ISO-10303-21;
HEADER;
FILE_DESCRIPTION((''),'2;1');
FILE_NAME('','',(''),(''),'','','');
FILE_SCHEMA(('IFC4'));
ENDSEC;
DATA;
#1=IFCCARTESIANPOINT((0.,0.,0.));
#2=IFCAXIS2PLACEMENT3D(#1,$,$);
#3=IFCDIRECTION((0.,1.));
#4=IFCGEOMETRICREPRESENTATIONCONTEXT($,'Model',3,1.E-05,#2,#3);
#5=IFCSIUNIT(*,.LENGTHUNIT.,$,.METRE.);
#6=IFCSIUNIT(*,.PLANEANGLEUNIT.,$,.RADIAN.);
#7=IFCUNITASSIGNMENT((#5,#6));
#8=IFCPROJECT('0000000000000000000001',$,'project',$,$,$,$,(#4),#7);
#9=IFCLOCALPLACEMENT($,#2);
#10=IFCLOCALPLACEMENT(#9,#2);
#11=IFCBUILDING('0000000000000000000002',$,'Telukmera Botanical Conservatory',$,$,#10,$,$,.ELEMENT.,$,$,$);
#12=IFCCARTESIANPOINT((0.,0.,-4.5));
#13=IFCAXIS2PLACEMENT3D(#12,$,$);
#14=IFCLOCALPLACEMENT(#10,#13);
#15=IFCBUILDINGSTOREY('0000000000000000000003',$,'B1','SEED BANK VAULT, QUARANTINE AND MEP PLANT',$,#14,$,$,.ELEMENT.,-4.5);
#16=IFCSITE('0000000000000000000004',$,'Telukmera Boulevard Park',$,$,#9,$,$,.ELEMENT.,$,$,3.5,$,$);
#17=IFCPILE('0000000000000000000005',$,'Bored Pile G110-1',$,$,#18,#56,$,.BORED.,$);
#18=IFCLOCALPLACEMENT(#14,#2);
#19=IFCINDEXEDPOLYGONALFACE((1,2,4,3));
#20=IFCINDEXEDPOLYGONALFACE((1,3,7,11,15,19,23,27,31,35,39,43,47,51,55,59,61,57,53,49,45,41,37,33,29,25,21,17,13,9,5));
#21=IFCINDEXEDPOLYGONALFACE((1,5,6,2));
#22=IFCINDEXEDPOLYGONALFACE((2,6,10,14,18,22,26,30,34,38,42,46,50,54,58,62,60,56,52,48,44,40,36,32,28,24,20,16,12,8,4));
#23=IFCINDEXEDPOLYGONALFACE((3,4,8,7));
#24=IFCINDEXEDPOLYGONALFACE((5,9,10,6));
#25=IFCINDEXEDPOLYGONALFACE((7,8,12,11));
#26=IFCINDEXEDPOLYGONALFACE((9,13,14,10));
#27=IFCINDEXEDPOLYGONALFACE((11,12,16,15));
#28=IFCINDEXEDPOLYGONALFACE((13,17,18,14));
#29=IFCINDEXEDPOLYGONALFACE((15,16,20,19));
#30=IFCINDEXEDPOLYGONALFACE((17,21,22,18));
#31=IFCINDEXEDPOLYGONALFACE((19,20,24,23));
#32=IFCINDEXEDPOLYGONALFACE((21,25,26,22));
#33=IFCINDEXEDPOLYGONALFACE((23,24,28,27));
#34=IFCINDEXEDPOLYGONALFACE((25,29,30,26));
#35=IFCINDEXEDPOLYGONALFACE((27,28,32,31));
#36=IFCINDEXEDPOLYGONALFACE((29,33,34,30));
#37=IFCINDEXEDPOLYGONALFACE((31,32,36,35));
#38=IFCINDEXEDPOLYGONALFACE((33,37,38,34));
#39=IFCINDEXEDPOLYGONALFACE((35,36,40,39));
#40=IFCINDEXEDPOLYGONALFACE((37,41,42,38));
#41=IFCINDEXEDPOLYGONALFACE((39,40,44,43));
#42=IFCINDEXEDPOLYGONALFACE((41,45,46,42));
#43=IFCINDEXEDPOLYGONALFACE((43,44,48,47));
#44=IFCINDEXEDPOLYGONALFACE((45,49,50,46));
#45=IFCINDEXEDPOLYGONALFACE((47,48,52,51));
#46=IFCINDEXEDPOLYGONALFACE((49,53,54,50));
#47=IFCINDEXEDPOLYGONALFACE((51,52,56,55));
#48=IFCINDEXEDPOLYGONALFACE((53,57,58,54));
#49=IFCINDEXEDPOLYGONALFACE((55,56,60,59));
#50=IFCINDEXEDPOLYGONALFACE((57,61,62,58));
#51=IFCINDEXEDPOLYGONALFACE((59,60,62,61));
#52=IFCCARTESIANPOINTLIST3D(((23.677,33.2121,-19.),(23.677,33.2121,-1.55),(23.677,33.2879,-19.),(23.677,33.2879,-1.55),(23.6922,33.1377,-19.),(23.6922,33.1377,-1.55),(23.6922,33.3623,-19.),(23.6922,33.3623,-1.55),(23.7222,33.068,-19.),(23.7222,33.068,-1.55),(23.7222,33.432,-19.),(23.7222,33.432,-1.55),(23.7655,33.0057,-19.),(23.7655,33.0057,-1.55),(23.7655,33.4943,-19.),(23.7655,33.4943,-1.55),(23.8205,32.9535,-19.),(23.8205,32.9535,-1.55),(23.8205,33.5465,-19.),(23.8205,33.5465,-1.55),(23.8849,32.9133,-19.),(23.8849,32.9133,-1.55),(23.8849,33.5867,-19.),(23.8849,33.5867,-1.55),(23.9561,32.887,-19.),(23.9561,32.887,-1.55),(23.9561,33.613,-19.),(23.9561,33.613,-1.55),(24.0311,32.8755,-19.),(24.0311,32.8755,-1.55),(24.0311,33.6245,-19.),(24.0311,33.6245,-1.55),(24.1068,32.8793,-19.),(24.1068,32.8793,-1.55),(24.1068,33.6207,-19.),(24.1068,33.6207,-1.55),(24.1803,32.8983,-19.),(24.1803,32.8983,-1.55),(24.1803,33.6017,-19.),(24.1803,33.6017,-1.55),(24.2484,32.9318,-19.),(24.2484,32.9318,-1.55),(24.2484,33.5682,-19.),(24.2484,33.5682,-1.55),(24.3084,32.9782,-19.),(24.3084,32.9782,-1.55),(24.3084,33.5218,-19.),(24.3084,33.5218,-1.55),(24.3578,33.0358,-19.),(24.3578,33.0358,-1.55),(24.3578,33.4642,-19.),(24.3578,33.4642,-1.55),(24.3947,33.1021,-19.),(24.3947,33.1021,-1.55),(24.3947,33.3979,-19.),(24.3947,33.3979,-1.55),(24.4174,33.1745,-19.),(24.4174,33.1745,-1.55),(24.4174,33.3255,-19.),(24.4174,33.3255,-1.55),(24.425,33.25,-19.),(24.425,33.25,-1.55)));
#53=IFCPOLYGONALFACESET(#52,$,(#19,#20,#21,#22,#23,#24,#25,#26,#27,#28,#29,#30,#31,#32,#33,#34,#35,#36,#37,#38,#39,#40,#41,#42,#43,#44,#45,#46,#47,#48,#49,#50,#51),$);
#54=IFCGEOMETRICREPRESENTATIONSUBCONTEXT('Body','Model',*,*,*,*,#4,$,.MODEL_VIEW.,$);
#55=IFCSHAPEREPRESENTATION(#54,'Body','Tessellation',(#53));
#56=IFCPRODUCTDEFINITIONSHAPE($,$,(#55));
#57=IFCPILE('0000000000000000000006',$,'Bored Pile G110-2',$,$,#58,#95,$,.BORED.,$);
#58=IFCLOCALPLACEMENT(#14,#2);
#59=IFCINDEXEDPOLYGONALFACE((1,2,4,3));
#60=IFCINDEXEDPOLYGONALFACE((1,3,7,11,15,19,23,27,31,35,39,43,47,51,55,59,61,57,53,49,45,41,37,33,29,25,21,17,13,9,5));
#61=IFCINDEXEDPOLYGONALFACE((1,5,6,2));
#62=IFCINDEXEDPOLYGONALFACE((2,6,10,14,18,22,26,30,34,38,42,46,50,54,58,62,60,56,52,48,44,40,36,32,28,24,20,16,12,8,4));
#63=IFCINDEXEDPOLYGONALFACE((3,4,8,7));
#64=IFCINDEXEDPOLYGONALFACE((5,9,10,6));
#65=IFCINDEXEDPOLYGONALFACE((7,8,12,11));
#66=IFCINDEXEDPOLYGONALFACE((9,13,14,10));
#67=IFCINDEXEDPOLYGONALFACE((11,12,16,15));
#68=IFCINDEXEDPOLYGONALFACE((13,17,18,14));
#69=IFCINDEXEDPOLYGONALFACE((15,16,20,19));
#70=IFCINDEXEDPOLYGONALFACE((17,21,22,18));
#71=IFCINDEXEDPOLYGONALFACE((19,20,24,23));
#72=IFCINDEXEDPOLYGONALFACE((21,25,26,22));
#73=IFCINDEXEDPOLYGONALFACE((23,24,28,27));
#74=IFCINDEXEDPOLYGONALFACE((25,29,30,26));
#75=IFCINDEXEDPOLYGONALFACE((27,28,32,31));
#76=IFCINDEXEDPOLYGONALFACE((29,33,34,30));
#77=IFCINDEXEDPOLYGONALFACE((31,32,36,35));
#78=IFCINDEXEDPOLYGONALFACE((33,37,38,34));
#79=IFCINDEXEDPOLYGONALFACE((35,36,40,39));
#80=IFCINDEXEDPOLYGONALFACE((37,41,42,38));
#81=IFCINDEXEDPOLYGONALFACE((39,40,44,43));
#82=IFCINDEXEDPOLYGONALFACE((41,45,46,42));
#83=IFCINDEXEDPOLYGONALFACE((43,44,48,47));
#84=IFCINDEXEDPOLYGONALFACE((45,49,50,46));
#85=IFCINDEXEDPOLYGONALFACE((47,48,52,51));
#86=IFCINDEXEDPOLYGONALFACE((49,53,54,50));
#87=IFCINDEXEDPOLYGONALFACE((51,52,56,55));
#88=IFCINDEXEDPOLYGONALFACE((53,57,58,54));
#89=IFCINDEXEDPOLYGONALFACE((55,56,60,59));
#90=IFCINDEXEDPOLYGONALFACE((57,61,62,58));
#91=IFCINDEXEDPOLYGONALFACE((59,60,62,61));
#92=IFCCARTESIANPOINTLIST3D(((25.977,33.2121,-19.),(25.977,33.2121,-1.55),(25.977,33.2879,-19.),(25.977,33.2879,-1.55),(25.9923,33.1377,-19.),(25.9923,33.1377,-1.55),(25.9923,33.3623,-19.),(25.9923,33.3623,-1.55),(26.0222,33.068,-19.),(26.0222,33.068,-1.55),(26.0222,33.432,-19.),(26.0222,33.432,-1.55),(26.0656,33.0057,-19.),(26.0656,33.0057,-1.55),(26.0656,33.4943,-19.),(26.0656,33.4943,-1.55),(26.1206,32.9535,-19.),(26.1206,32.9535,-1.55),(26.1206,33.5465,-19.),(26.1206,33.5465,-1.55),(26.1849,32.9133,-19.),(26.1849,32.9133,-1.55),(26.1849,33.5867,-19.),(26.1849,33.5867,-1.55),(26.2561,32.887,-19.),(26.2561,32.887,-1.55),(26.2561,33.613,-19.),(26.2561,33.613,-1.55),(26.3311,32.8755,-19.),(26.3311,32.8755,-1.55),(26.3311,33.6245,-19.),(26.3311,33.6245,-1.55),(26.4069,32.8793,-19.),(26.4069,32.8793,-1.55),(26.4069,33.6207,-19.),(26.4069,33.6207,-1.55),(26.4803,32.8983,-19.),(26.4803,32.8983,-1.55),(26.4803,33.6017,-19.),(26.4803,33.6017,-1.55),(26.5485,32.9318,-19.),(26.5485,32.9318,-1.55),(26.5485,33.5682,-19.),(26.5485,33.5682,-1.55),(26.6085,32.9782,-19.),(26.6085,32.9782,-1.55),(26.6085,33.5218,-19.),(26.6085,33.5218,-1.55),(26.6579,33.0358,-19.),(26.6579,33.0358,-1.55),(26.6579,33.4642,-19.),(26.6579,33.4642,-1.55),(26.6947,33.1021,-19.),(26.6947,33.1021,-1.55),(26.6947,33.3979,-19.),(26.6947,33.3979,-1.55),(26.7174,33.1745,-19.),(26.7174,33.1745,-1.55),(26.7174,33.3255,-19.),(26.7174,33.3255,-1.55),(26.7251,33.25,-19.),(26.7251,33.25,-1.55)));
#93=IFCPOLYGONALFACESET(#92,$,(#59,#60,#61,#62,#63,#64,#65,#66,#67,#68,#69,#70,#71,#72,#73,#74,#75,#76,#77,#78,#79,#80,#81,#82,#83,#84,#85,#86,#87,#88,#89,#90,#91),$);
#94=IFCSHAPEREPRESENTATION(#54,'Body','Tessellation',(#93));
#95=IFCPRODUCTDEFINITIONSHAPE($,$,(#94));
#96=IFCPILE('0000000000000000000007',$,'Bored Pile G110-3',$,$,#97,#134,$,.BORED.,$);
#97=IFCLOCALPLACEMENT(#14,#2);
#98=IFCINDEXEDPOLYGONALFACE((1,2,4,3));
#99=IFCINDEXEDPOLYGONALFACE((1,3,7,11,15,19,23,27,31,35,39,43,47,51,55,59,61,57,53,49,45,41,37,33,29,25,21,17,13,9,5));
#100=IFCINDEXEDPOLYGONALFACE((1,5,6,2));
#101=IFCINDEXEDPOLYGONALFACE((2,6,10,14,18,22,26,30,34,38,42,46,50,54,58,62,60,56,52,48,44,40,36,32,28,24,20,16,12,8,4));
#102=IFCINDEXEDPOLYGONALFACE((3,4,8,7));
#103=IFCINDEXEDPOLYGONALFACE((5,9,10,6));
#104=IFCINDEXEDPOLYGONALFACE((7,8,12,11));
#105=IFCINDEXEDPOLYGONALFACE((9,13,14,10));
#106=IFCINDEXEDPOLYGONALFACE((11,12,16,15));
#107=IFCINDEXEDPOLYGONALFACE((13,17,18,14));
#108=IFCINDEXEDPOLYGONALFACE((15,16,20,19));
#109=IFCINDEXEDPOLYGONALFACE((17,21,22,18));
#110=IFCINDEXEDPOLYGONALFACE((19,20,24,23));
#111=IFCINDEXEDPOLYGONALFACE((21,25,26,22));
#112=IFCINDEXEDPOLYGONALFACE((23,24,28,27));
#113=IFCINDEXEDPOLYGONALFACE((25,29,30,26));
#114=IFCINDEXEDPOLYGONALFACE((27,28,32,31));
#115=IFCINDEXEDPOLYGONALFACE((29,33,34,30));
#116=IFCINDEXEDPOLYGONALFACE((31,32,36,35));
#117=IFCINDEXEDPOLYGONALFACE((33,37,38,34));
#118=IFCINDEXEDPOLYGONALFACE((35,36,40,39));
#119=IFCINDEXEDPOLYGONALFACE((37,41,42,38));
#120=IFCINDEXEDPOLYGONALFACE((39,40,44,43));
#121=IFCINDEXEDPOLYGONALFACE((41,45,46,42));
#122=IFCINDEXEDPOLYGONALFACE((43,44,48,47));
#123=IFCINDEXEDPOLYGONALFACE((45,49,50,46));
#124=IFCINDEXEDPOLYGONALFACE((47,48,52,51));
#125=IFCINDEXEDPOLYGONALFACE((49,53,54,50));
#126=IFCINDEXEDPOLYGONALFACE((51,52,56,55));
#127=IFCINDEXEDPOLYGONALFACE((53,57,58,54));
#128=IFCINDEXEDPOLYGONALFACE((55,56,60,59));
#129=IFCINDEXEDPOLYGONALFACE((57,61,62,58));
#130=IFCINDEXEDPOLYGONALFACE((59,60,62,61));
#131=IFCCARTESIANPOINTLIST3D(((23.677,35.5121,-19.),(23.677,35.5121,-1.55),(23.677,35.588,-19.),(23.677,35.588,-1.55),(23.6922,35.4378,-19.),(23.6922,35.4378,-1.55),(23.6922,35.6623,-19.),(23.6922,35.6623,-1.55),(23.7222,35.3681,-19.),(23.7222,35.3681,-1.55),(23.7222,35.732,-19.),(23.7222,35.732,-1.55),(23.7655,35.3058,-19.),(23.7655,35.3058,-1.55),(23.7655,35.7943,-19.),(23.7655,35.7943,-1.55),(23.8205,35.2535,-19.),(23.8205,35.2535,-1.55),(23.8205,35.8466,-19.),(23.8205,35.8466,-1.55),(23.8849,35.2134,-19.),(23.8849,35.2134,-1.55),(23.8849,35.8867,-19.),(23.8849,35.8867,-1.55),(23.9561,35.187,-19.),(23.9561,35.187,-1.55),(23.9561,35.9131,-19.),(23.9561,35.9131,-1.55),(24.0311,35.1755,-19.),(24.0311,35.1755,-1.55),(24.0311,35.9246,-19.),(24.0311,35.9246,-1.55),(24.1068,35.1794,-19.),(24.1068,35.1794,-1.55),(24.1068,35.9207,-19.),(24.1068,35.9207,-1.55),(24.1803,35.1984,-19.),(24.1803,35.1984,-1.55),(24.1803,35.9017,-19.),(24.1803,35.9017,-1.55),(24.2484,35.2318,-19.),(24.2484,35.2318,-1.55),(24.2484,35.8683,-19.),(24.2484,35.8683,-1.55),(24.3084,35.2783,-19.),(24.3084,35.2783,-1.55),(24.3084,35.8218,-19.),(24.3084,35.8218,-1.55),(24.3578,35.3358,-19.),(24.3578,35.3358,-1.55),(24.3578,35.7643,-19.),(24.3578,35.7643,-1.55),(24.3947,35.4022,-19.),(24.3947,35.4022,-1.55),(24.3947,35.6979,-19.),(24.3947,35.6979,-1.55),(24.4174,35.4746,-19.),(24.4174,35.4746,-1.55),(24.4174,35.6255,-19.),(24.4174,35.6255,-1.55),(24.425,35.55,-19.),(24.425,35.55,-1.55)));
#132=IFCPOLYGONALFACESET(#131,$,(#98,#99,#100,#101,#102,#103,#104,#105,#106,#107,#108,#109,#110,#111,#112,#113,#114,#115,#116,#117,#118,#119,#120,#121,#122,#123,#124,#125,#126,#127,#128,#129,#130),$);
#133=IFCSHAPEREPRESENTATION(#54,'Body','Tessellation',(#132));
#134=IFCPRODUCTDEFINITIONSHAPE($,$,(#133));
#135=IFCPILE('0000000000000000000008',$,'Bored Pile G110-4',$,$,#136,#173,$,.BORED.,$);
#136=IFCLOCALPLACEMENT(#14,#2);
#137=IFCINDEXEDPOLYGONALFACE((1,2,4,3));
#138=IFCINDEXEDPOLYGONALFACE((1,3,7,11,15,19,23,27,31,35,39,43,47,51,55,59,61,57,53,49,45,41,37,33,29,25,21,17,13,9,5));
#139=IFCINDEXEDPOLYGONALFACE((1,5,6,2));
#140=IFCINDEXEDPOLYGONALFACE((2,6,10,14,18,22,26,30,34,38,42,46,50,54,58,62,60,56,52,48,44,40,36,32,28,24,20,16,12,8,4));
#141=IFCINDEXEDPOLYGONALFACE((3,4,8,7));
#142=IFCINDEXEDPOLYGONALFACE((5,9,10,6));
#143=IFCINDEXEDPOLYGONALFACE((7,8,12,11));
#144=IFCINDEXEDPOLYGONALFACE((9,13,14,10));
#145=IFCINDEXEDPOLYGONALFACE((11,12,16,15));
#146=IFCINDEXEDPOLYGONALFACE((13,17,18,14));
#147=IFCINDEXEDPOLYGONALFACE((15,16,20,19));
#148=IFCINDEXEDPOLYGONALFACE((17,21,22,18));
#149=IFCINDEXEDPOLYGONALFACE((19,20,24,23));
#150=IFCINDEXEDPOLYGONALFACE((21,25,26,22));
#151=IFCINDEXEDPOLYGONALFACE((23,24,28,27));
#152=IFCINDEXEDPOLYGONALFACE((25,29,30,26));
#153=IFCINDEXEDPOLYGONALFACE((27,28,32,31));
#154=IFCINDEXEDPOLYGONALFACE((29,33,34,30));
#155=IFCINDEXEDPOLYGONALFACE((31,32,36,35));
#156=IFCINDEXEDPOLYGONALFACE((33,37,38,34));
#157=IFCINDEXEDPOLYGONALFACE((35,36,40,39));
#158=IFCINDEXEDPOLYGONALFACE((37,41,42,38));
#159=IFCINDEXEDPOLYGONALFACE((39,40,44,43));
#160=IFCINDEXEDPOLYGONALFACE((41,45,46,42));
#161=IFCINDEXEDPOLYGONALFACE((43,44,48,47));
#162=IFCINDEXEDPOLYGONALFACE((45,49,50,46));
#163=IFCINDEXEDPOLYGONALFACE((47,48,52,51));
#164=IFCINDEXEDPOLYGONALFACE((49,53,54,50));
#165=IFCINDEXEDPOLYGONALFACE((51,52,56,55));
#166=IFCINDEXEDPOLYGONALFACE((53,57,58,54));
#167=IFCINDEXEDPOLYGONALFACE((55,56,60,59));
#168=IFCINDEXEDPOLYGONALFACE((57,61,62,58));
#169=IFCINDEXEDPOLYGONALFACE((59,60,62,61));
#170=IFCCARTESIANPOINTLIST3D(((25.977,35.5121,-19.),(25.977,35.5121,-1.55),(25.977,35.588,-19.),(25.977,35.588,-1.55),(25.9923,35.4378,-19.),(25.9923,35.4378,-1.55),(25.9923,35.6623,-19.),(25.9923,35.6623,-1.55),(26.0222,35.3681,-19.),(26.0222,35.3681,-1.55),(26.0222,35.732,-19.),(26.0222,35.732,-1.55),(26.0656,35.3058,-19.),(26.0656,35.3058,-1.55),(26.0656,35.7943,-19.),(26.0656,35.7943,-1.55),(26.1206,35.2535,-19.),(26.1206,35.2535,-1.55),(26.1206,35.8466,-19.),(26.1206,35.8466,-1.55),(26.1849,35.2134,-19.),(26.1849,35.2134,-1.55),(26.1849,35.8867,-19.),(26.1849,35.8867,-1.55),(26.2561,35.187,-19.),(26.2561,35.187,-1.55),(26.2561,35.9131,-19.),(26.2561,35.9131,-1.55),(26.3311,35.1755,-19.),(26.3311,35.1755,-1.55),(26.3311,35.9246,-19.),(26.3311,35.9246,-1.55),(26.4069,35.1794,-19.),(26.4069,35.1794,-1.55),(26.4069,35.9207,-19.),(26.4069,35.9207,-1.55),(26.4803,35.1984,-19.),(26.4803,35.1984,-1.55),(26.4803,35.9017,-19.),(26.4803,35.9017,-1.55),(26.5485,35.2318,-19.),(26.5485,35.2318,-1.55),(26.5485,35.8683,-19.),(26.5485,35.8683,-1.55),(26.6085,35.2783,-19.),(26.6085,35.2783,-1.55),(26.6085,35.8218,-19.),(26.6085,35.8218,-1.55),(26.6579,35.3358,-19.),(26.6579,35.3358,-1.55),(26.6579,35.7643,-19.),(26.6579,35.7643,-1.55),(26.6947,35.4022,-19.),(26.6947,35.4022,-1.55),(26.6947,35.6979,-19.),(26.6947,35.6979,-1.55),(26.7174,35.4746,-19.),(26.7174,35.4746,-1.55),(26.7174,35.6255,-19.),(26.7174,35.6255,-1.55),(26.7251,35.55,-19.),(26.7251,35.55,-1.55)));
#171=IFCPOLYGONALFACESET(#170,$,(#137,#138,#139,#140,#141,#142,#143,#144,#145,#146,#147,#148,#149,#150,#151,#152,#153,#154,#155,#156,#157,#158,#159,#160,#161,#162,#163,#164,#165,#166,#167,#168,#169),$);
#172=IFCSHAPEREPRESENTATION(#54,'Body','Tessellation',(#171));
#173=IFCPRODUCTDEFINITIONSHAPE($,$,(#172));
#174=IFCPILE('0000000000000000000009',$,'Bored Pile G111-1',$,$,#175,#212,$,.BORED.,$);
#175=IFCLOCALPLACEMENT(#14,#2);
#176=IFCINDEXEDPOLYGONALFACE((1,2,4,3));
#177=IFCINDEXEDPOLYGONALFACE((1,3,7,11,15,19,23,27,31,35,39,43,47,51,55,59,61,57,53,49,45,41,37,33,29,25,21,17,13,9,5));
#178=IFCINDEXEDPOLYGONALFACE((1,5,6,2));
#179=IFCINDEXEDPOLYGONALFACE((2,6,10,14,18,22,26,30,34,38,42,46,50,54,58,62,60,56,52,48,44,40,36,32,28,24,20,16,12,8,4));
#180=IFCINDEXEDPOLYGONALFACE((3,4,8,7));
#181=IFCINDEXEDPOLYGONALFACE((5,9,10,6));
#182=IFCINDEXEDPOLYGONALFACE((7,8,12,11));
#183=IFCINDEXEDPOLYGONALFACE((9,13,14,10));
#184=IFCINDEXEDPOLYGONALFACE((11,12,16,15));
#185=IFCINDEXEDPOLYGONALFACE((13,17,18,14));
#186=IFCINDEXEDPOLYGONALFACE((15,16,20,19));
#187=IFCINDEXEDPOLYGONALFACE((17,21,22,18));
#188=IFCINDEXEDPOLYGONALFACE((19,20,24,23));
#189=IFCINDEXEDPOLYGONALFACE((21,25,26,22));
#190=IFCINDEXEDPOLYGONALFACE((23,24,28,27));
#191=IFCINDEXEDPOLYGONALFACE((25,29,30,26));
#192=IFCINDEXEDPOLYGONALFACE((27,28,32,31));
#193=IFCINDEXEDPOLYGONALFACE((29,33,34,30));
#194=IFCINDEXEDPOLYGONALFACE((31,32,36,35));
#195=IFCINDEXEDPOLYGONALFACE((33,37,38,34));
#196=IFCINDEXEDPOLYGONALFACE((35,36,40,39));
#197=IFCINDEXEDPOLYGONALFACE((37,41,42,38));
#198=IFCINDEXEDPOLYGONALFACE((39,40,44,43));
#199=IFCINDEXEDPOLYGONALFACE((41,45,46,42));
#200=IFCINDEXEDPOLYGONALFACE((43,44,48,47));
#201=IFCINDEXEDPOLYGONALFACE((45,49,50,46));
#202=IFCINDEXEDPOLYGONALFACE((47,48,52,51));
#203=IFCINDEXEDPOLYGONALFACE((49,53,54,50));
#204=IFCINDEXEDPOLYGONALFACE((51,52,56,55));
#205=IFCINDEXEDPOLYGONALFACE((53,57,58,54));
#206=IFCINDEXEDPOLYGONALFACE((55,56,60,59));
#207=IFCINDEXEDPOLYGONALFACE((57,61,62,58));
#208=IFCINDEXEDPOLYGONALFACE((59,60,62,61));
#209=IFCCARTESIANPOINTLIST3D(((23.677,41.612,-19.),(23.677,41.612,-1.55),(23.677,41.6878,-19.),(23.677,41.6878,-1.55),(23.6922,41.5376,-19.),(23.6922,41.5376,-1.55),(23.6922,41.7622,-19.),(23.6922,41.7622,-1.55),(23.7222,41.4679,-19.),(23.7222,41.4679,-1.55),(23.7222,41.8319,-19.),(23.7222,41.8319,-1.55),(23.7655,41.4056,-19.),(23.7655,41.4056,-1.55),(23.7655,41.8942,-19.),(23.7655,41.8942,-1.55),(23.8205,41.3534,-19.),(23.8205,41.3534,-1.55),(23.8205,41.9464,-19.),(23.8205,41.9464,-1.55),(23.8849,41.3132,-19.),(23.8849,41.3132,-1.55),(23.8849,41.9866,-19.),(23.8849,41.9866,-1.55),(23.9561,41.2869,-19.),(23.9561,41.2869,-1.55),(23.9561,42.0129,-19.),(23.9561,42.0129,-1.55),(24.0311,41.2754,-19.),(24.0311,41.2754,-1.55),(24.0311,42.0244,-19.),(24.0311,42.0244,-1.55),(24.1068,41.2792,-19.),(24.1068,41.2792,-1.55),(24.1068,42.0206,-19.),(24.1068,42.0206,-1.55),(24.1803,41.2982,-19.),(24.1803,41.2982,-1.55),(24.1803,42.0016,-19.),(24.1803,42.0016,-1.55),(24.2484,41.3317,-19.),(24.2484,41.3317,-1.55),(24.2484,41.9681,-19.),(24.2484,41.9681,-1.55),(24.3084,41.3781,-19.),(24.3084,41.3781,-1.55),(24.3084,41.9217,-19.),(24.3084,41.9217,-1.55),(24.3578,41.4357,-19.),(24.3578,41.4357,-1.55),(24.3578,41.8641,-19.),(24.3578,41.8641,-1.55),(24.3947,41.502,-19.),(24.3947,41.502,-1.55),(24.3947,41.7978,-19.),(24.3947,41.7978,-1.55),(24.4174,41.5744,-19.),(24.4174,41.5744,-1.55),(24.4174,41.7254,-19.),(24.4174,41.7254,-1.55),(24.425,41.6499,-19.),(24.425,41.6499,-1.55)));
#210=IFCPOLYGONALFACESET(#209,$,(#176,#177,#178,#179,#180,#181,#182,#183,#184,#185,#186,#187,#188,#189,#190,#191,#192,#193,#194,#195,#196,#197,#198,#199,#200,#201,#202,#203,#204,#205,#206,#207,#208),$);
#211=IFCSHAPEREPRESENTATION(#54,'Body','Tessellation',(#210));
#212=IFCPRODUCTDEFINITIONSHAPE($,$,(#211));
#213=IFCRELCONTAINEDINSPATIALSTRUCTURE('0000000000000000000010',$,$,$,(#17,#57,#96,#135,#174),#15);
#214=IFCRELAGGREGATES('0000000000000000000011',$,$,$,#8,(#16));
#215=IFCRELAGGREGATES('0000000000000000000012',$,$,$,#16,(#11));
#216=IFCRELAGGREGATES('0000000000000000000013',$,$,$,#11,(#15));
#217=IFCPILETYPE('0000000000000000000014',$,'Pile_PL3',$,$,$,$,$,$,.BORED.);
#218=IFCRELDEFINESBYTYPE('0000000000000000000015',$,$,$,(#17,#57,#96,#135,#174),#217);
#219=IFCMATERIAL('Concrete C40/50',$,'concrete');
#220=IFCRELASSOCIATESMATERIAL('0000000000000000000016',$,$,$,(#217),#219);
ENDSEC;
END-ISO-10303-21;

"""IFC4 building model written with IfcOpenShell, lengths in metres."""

from ifc_helpers import new_model, si_unit, direction, frame, origin, origin_2d, place, context, subcontext, project, spatial, circle, extrude, material, material_profile, profile_set, type_object, element, save


model = new_model("IFC4")

# Units and contexts
model_context = context("Model", 3, precision=1e-05, world=origin(), true_north=direction((0.0, 1.0)))
body_context = subcontext(model_context, "Body", "Model", "MODEL_VIEW")
ifc_project = project(units=[si_unit("LENGTHUNIT", "METRE"), si_unit("PLANEANGLEUNIT", "RADIAN")], contexts=[model_context])

# Site, building, storey
site_placement = place(None, origin())
site = spatial("IfcSite", under=ifc_project, at=site_placement, Name="Telukmera Boulevard Park", CompositionType="ELEMENT", RefElevation=3.5)
building_placement = place(site_placement, origin())
building = spatial("IfcBuilding", under=site, at=building_placement, Name="Telukmera Botanical Conservatory", CompositionType="ELEMENT")
storey_placement = place(building_placement, frame((0.0, 0.0, -4.5)))
storey = spatial("IfcBuildingStorey", under=building, at=storey_placement, Name="B1", Description="SEED BANK VAULT, QUARANTINE AND MEP PLANT", CompositionType="ELEMENT", Elevation=-4.5)

# Shared definitions
ifc_material_1 = material(Name="Concrete C40/50", Category="concrete")

# Piles
ifc_material_profile_1 = material_profile(ifc_material_1, circle(Radius=0.375, at=origin_2d()), Name="PILE D750")
ifc_profile_set_1 = profile_set([ifc_material_profile_1], Name="Concrete C40/50")
pile_type = type_object("IfcPileType", Name="Pile_PL3", PredefinedType="BORED", material=ifc_profile_set_1)
for number, where, z_axis, x_axis, name in (
    (1, (24.05, 33.25, -1.55), (0.0, 0.0, -1.0), (1.0, 0.0, 0.0), "Bored Pile G110-1"),
    (2, (26.3501, 33.25, -1.55), (0.0, 0.0, -1.0), (1.0, 0.0, 0.0), "Bored Pile G110-2"),
    (3, (24.05, 35.55, -1.55), (0.0, 0.0, -1.0), (1.0, 0.0, 0.0), "Bored Pile G110-3"),
    (4, (26.3501, 35.55, -1.55), (0.0, 0.0, -1.0), (1.0, 0.0, 0.0), "Bored Pile G110-4"),
    (5, (24.05, 41.6499, -1.55), (0.0, 0.0, -1.0), (1.0, 0.0, 0.0), "Bored Pile G111-1"),
):
    element("IfcPile", number, at=place(storey_placement, frame(where, z_axis=z_axis, x_axis=x_axis)), inside=storey, type_object=pile_type, Name=name, PredefinedType="BORED", context=body_context, shape_type="SweptSolid", body=[
        extrude(circle(Radius=0.375, at=origin_2d()), origin(), (0.0, 0.0, 1.0), 17.45),
    ])

save(model, "model.ifc")
